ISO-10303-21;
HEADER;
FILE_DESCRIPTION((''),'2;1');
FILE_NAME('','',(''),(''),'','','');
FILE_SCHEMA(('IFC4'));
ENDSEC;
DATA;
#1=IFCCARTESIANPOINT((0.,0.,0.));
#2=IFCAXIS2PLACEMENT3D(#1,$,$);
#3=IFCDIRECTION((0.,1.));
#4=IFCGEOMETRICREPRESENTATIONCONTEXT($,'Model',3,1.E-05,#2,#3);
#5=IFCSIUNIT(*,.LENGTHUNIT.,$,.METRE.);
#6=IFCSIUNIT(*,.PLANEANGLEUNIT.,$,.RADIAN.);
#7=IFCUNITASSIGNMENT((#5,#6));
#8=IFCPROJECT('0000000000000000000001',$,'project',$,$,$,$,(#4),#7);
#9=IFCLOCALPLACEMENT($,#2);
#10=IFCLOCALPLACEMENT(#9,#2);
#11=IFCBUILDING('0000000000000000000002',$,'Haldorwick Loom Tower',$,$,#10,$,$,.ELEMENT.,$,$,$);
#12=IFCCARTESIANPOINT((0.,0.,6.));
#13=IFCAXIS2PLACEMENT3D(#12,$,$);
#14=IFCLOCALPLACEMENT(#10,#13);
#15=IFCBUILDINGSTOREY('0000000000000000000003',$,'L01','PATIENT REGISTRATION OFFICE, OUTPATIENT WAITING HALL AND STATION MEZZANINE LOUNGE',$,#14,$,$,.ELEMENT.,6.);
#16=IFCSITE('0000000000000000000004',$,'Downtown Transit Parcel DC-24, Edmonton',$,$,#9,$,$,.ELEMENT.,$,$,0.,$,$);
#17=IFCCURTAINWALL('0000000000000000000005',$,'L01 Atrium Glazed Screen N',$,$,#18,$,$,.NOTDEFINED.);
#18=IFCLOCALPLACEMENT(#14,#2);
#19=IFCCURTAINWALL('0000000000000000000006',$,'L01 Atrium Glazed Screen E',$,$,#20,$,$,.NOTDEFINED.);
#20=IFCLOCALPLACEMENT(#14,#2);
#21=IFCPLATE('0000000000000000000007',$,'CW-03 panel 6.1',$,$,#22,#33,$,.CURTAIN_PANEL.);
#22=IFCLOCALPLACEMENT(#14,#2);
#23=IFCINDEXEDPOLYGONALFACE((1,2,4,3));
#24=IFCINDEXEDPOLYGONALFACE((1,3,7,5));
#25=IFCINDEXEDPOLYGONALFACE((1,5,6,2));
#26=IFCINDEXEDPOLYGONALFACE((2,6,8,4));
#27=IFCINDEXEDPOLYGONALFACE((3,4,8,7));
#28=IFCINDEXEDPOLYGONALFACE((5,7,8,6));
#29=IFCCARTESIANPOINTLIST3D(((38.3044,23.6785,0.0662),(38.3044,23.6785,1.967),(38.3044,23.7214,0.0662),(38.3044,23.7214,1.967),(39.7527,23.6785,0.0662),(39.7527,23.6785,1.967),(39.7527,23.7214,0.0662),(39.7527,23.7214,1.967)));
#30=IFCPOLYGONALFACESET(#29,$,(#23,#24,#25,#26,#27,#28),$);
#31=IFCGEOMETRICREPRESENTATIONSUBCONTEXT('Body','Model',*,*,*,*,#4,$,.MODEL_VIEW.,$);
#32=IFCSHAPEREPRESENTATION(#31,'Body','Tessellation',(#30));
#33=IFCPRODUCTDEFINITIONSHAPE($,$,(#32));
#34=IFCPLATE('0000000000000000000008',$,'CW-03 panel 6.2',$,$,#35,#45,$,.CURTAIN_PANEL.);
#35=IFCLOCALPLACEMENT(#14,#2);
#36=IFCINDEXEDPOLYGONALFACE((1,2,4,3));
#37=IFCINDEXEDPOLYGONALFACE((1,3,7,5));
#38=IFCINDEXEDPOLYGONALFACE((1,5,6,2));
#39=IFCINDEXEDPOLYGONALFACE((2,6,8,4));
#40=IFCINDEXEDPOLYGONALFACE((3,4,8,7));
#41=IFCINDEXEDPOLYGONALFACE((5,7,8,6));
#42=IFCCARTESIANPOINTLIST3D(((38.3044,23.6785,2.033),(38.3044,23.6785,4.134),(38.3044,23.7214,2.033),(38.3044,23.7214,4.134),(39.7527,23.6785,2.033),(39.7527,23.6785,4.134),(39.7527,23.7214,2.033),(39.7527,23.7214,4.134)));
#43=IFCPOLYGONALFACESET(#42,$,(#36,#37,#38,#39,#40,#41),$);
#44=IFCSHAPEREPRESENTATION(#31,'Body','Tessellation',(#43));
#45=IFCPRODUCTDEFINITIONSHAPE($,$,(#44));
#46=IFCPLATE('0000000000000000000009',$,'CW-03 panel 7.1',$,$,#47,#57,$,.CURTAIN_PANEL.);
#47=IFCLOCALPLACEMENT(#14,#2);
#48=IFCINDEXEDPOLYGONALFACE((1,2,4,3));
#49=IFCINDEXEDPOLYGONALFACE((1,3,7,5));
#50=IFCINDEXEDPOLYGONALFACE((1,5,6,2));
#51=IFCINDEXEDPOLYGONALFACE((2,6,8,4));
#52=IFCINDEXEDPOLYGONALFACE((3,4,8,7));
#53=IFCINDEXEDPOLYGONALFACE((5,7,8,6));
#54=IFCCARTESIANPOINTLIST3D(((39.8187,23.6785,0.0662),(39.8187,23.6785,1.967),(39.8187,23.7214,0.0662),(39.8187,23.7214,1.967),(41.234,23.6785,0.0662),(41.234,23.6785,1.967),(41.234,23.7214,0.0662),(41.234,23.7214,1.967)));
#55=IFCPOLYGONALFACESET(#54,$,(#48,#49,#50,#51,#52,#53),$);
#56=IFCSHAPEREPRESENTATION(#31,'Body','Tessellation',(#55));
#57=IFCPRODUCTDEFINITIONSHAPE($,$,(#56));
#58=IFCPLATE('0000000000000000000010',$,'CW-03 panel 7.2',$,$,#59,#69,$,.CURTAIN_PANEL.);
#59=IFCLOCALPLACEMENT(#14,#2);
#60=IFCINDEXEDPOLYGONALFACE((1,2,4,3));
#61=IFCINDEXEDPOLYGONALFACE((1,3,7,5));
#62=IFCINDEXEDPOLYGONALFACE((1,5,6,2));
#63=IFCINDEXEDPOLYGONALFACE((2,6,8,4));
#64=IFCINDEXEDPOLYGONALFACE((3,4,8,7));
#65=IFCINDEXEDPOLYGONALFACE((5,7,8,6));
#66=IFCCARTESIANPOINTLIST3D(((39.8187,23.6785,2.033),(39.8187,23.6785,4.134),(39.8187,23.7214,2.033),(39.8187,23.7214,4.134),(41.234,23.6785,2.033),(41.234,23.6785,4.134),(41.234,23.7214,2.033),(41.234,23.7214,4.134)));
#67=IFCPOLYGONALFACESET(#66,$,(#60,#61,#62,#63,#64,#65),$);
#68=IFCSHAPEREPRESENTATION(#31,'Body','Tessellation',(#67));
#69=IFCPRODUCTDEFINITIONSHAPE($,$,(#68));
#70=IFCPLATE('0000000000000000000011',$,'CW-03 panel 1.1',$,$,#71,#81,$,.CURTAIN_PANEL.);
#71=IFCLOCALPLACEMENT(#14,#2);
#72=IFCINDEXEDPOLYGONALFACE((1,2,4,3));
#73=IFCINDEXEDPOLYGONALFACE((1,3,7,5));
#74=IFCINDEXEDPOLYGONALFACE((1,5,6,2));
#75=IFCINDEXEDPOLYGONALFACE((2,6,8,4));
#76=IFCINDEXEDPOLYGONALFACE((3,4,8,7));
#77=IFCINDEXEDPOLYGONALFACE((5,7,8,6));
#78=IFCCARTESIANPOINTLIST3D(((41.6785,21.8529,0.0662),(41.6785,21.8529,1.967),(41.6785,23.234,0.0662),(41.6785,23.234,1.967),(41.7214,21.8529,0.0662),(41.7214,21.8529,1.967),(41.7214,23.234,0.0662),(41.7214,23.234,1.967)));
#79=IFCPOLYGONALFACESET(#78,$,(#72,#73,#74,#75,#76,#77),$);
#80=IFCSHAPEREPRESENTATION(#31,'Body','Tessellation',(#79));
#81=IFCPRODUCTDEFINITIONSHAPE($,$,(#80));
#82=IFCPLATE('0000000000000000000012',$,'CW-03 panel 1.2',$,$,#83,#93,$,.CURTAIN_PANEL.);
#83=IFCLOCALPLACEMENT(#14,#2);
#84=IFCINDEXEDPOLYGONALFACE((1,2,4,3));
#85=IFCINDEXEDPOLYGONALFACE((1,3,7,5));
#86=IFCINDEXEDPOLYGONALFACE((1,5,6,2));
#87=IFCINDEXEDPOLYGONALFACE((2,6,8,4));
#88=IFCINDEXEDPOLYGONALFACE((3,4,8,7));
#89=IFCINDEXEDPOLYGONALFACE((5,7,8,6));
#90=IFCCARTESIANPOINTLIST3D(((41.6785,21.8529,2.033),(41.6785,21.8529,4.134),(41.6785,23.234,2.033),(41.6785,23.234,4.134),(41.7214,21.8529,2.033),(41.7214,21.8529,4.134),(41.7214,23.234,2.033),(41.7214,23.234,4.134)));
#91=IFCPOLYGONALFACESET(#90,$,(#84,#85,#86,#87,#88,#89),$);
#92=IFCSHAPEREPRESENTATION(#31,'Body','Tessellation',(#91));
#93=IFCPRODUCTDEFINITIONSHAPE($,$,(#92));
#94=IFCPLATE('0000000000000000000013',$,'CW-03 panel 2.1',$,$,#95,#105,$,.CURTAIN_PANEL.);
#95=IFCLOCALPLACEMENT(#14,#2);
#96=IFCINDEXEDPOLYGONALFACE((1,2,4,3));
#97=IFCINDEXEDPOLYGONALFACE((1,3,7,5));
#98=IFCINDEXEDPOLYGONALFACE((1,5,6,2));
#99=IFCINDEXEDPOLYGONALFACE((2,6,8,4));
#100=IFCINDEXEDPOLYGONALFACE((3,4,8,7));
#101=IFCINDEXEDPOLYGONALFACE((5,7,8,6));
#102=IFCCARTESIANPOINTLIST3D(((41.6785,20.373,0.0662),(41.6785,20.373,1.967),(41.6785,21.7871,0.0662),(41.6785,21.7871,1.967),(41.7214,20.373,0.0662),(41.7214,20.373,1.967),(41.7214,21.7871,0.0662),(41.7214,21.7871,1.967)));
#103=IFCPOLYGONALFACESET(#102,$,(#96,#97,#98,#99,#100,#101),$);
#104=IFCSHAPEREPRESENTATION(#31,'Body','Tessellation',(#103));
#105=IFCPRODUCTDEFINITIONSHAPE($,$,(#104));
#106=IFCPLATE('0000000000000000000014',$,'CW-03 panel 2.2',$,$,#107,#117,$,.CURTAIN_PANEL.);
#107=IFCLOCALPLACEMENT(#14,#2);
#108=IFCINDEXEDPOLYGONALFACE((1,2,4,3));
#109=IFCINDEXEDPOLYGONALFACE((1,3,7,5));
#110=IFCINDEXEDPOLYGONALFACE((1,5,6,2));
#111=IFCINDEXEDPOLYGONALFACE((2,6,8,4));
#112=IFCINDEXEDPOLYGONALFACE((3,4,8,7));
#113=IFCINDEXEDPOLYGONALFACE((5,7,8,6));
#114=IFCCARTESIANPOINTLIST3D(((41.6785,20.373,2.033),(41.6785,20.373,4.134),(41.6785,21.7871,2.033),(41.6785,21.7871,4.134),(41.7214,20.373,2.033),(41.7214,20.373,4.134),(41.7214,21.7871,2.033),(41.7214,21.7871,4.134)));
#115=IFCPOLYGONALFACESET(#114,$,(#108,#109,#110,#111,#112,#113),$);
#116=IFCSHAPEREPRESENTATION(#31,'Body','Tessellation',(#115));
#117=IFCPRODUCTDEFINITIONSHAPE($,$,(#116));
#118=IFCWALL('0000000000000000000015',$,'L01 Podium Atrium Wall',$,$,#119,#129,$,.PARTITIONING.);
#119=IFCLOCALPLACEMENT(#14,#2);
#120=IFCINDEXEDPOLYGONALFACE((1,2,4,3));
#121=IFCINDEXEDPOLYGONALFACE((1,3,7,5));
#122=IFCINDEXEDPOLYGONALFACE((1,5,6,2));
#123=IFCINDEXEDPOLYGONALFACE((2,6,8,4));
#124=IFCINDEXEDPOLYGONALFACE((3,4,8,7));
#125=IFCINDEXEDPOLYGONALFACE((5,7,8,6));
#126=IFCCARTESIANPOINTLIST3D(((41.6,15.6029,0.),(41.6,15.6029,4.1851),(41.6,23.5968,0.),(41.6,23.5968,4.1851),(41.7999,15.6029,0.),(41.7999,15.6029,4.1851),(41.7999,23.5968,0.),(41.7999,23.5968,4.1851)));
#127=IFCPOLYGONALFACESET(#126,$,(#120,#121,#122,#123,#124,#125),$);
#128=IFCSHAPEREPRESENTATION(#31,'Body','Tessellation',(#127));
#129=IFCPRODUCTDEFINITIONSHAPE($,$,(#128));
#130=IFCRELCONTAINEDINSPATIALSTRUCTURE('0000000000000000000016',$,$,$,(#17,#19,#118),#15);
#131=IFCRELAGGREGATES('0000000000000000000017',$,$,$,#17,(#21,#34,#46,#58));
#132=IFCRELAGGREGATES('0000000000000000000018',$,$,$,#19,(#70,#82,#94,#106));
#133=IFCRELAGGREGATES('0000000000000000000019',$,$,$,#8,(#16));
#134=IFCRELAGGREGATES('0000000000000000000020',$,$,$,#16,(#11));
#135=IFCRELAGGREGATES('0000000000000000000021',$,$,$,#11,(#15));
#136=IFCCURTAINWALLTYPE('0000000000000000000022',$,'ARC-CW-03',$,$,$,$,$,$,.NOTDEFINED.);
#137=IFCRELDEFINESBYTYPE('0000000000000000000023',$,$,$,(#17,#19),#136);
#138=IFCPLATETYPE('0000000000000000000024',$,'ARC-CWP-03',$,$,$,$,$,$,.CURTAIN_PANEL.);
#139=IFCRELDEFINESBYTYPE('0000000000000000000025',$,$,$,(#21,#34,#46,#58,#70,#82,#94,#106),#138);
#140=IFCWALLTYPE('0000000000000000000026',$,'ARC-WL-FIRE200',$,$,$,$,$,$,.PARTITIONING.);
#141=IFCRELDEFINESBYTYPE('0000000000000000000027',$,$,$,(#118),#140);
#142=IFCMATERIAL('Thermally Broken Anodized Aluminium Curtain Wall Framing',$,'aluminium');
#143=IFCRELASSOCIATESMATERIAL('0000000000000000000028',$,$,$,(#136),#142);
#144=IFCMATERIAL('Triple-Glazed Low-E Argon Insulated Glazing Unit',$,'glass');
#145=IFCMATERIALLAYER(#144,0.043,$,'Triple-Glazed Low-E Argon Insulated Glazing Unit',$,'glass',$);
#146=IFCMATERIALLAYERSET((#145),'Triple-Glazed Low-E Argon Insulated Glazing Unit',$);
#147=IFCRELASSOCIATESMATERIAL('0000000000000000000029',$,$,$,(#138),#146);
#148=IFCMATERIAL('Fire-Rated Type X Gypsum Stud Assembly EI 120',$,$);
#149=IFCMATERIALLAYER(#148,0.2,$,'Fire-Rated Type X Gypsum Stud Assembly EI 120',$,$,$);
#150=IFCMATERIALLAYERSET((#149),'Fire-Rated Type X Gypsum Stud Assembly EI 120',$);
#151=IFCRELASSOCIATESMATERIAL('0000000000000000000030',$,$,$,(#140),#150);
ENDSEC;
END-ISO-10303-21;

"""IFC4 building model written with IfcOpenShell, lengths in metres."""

from ifc_helpers import new_model, si_unit, direction, frame, frame_2d, origin, origin_2d, place, context, subcontext, project, spatial, rectangle, extrude, material, layer, layer_set, type_object, element, aggregate, save


model = new_model("IFC4")

# Units and contexts
model_context = context("Model", 3, precision=1e-05, world=origin(), true_north=direction((0.0, 1.0)))
body_context = subcontext(model_context, "Body", "Model", "MODEL_VIEW")
ifc_project = project(units=[si_unit("LENGTHUNIT", "METRE"), si_unit("PLANEANGLEUNIT", "RADIAN")], contexts=[model_context])

# Site, building, storey
site_placement = place(None, origin())
site = spatial("IfcSite", under=ifc_project, at=site_placement, Name="Downtown Transit Parcel DC-24, Edmonton", CompositionType="ELEMENT", RefElevation=0.0)
building_placement = place(site_placement, origin())
building = spatial("IfcBuilding", under=site, at=building_placement, Name="Haldorwick Loom Tower", CompositionType="ELEMENT")
storey_placement = place(building_placement, frame((0.0, 0.0, 6.0)))
storey = spatial("IfcBuildingStorey", under=building, at=storey_placement, Name="L01", Description="PATIENT REGISTRATION OFFICE, OUTPATIENT WAITING HALL AND STATION MEZZANINE LOUNGE", CompositionType="ELEMENT", Elevation=6.0)

# Curtain walls
ifc_material_1 = material(Name="Thermally Broken Anodized Aluminium Curtain Wall Framing", Category="aluminium")
curtain_wall_type = type_object("IfcCurtainWallType", Name="ARC-CW-03", PredefinedType="NOTDEFINED", material=ifc_material_1)
curtain_wall_1_placement = place(storey_placement, origin())
curtain_wall_1 = element("IfcCurtainWall", 1, at=curtain_wall_1_placement, inside=storey, type_object=curtain_wall_type, Name="L01 Atrium Glazed Screen N", PredefinedType="NOTDEFINED")
curtain_wall_2_placement = place(storey_placement, origin())
curtain_wall_2 = element("IfcCurtainWall", 2, at=curtain_wall_2_placement, inside=storey, type_object=curtain_wall_type, Name="L01 Atrium Glazed Screen E", PredefinedType="NOTDEFINED")

# Plates
ifc_material_2 = material(Name="Triple-Glazed Low-E Argon Insulated Glazing Unit", Category="glass")
ifc_layer_1 = layer(ifc_material_2, 0.043, Name="Triple-Glazed Low-E Argon Insulated Glazing Unit", Category="glass")
ifc_layer_set_1 = layer_set([ifc_layer_1], Name="Triple-Glazed Low-E Argon Insulated Glazing Unit")
plate_type = type_object("IfcPlateType", Name="ARC-CWP-03", PredefinedType="CURTAIN_PANEL", material=ifc_layer_set_1)
plate_1_placement = place(storey_placement, frame((39.0286, 23.7, 0.0662), z_axis=(0.0, 0.0, 1.0), x_axis=(1.0, 0.0, 0.0)))
plate_1 = element("IfcPlate", 3, at=plate_1_placement, type_object=plate_type, Name="CW-03 panel 6.1", PredefinedType="CURTAIN_PANEL", context=body_context, shape_type="SweptSolid", body=[
    extrude(rectangle(XDim=1.4482, YDim=0.043, at=origin_2d()), origin(), (0.0, 0.0, 1.0), 1.9009),
])
plate_2_placement = place(storey_placement, frame((39.0286, 23.7, 2.033), z_axis=(0.0, 0.0, 1.0), x_axis=(1.0, 0.0, 0.0)))
plate_2 = element("IfcPlate", 4, at=plate_2_placement, type_object=plate_type, Name="CW-03 panel 6.2", PredefinedType="CURTAIN_PANEL", context=body_context, shape_type="SweptSolid", body=[
    extrude(rectangle(XDim=1.4482, YDim=0.043, at=origin_2d()), origin(), (0.0, 0.0, 1.0), 2.1011),
])
plate_3_placement = place(storey_placement, frame((40.5264, 23.7, 0.0662), z_axis=(0.0, 0.0, 1.0), x_axis=(1.0, 0.0, 0.0)))
plate_3 = element("IfcPlate", 5, at=plate_3_placement, type_object=plate_type, Name="CW-03 panel 7.1", PredefinedType="CURTAIN_PANEL", context=body_context, shape_type="SweptSolid", body=[
    extrude(rectangle(XDim=1.4153, YDim=0.043, at=origin_2d()), origin(), (0.0, 0.0, 1.0), 1.9009),
])
plate_4_placement = place(storey_placement, frame((40.5264, 23.7, 2.033), z_axis=(0.0, 0.0, 1.0), x_axis=(1.0, 0.0, 0.0)))
plate_4 = element("IfcPlate", 6, at=plate_4_placement, type_object=plate_type, Name="CW-03 panel 7.2", PredefinedType="CURTAIN_PANEL", context=body_context, shape_type="SweptSolid", body=[
    extrude(rectangle(XDim=1.4153, YDim=0.043, at=origin_2d()), origin(), (0.0, 0.0, 1.0), 2.1011),
])
aggregate(curtain_wall_1, [plate_1, plate_2, plate_3, plate_4])
plate_5_placement = place(storey_placement, frame((41.7, 22.5435, 0.0662), z_axis=(0.0, 0.0, 1.0), x_axis=(0.0, -1.0, 0.0)))
plate_5 = element("IfcPlate", 7, at=plate_5_placement, type_object=plate_type, Name="CW-03 panel 1.1", PredefinedType="CURTAIN_PANEL", context=body_context, shape_type="SweptSolid", body=[
    extrude(rectangle(XDim=1.3811, YDim=0.043, at=origin_2d()), origin(), (0.0, 0.0, 1.0), 1.9009),
])
plate_6_placement = place(storey_placement, frame((41.7, 22.5435, 2.033), z_axis=(0.0, 0.0, 1.0), x_axis=(0.0, -1.0, 0.0)))
plate_6 = element("IfcPlate", 8, at=plate_6_placement, type_object=plate_type, Name="CW-03 panel 1.2", PredefinedType="CURTAIN_PANEL", context=body_context, shape_type="SweptSolid", body=[
    extrude(rectangle(XDim=1.3811, YDim=0.043, at=origin_2d()), origin(), (0.0, 0.0, 1.0), 2.1011),
])
plate_7_placement = place(storey_placement, frame((41.7, 21.0801, 0.0662), z_axis=(0.0, 0.0, 1.0), x_axis=(0.0, -1.0, 0.0)))
plate_7 = element("IfcPlate", 9, at=plate_7_placement, type_object=plate_type, Name="CW-03 panel 2.1", PredefinedType="CURTAIN_PANEL", context=body_context, shape_type="SweptSolid", body=[
    extrude(rectangle(XDim=1.4141, YDim=0.043, at=origin_2d()), origin(), (0.0, 0.0, 1.0), 1.9009),
])
plate_8_placement = place(storey_placement, frame((41.7, 21.0801, 2.033), z_axis=(0.0, 0.0, 1.0), x_axis=(0.0, -1.0, 0.0)))
plate_8 = element("IfcPlate", 10, at=plate_8_placement, type_object=plate_type, Name="CW-03 panel 2.2", PredefinedType="CURTAIN_PANEL", context=body_context, shape_type="SweptSolid", body=[
    extrude(rectangle(XDim=1.4141, YDim=0.043, at=origin_2d()), origin(), (0.0, 0.0, 1.0), 2.1011),
])
aggregate(curtain_wall_2, [plate_5, plate_6, plate_7, plate_8])

# Wall
ifc_material_3 = material(Name="Fire-Rated Type X Gypsum Stud Assembly EI 120")
ifc_layer_2 = layer(ifc_material_3, 0.2, Name="Fire-Rated Type X Gypsum Stud Assembly EI 120")
ifc_layer_set_2 = layer_set([ifc_layer_2], Name="Fire-Rated Type X Gypsum Stud Assembly EI 120")
wall_type = type_object("IfcWallType", Name="ARC-WL-FIRE200", PredefinedType="PARTITIONING", material=ifc_layer_set_2)
wall_placement = place(storey_placement, frame((41.7, 23.5969, 0.0), z_axis=(0.0, 0.0, 1.0), x_axis=(0.0, -1.0, 0.0)))
element("IfcWall", 11, at=wall_placement, inside=storey, type_object=wall_type, Name="L01 Podium Atrium Wall", PredefinedType="PARTITIONING", context=body_context, shape_type="SweptSolid", body=[
    extrude(rectangle(XDim=7.9939, YDim=0.2, at=frame_2d((3.9971, 0.0))), origin(), (0.0, 0.0, 1.0), 4.1851),
])

save(model, "model.ifc")
